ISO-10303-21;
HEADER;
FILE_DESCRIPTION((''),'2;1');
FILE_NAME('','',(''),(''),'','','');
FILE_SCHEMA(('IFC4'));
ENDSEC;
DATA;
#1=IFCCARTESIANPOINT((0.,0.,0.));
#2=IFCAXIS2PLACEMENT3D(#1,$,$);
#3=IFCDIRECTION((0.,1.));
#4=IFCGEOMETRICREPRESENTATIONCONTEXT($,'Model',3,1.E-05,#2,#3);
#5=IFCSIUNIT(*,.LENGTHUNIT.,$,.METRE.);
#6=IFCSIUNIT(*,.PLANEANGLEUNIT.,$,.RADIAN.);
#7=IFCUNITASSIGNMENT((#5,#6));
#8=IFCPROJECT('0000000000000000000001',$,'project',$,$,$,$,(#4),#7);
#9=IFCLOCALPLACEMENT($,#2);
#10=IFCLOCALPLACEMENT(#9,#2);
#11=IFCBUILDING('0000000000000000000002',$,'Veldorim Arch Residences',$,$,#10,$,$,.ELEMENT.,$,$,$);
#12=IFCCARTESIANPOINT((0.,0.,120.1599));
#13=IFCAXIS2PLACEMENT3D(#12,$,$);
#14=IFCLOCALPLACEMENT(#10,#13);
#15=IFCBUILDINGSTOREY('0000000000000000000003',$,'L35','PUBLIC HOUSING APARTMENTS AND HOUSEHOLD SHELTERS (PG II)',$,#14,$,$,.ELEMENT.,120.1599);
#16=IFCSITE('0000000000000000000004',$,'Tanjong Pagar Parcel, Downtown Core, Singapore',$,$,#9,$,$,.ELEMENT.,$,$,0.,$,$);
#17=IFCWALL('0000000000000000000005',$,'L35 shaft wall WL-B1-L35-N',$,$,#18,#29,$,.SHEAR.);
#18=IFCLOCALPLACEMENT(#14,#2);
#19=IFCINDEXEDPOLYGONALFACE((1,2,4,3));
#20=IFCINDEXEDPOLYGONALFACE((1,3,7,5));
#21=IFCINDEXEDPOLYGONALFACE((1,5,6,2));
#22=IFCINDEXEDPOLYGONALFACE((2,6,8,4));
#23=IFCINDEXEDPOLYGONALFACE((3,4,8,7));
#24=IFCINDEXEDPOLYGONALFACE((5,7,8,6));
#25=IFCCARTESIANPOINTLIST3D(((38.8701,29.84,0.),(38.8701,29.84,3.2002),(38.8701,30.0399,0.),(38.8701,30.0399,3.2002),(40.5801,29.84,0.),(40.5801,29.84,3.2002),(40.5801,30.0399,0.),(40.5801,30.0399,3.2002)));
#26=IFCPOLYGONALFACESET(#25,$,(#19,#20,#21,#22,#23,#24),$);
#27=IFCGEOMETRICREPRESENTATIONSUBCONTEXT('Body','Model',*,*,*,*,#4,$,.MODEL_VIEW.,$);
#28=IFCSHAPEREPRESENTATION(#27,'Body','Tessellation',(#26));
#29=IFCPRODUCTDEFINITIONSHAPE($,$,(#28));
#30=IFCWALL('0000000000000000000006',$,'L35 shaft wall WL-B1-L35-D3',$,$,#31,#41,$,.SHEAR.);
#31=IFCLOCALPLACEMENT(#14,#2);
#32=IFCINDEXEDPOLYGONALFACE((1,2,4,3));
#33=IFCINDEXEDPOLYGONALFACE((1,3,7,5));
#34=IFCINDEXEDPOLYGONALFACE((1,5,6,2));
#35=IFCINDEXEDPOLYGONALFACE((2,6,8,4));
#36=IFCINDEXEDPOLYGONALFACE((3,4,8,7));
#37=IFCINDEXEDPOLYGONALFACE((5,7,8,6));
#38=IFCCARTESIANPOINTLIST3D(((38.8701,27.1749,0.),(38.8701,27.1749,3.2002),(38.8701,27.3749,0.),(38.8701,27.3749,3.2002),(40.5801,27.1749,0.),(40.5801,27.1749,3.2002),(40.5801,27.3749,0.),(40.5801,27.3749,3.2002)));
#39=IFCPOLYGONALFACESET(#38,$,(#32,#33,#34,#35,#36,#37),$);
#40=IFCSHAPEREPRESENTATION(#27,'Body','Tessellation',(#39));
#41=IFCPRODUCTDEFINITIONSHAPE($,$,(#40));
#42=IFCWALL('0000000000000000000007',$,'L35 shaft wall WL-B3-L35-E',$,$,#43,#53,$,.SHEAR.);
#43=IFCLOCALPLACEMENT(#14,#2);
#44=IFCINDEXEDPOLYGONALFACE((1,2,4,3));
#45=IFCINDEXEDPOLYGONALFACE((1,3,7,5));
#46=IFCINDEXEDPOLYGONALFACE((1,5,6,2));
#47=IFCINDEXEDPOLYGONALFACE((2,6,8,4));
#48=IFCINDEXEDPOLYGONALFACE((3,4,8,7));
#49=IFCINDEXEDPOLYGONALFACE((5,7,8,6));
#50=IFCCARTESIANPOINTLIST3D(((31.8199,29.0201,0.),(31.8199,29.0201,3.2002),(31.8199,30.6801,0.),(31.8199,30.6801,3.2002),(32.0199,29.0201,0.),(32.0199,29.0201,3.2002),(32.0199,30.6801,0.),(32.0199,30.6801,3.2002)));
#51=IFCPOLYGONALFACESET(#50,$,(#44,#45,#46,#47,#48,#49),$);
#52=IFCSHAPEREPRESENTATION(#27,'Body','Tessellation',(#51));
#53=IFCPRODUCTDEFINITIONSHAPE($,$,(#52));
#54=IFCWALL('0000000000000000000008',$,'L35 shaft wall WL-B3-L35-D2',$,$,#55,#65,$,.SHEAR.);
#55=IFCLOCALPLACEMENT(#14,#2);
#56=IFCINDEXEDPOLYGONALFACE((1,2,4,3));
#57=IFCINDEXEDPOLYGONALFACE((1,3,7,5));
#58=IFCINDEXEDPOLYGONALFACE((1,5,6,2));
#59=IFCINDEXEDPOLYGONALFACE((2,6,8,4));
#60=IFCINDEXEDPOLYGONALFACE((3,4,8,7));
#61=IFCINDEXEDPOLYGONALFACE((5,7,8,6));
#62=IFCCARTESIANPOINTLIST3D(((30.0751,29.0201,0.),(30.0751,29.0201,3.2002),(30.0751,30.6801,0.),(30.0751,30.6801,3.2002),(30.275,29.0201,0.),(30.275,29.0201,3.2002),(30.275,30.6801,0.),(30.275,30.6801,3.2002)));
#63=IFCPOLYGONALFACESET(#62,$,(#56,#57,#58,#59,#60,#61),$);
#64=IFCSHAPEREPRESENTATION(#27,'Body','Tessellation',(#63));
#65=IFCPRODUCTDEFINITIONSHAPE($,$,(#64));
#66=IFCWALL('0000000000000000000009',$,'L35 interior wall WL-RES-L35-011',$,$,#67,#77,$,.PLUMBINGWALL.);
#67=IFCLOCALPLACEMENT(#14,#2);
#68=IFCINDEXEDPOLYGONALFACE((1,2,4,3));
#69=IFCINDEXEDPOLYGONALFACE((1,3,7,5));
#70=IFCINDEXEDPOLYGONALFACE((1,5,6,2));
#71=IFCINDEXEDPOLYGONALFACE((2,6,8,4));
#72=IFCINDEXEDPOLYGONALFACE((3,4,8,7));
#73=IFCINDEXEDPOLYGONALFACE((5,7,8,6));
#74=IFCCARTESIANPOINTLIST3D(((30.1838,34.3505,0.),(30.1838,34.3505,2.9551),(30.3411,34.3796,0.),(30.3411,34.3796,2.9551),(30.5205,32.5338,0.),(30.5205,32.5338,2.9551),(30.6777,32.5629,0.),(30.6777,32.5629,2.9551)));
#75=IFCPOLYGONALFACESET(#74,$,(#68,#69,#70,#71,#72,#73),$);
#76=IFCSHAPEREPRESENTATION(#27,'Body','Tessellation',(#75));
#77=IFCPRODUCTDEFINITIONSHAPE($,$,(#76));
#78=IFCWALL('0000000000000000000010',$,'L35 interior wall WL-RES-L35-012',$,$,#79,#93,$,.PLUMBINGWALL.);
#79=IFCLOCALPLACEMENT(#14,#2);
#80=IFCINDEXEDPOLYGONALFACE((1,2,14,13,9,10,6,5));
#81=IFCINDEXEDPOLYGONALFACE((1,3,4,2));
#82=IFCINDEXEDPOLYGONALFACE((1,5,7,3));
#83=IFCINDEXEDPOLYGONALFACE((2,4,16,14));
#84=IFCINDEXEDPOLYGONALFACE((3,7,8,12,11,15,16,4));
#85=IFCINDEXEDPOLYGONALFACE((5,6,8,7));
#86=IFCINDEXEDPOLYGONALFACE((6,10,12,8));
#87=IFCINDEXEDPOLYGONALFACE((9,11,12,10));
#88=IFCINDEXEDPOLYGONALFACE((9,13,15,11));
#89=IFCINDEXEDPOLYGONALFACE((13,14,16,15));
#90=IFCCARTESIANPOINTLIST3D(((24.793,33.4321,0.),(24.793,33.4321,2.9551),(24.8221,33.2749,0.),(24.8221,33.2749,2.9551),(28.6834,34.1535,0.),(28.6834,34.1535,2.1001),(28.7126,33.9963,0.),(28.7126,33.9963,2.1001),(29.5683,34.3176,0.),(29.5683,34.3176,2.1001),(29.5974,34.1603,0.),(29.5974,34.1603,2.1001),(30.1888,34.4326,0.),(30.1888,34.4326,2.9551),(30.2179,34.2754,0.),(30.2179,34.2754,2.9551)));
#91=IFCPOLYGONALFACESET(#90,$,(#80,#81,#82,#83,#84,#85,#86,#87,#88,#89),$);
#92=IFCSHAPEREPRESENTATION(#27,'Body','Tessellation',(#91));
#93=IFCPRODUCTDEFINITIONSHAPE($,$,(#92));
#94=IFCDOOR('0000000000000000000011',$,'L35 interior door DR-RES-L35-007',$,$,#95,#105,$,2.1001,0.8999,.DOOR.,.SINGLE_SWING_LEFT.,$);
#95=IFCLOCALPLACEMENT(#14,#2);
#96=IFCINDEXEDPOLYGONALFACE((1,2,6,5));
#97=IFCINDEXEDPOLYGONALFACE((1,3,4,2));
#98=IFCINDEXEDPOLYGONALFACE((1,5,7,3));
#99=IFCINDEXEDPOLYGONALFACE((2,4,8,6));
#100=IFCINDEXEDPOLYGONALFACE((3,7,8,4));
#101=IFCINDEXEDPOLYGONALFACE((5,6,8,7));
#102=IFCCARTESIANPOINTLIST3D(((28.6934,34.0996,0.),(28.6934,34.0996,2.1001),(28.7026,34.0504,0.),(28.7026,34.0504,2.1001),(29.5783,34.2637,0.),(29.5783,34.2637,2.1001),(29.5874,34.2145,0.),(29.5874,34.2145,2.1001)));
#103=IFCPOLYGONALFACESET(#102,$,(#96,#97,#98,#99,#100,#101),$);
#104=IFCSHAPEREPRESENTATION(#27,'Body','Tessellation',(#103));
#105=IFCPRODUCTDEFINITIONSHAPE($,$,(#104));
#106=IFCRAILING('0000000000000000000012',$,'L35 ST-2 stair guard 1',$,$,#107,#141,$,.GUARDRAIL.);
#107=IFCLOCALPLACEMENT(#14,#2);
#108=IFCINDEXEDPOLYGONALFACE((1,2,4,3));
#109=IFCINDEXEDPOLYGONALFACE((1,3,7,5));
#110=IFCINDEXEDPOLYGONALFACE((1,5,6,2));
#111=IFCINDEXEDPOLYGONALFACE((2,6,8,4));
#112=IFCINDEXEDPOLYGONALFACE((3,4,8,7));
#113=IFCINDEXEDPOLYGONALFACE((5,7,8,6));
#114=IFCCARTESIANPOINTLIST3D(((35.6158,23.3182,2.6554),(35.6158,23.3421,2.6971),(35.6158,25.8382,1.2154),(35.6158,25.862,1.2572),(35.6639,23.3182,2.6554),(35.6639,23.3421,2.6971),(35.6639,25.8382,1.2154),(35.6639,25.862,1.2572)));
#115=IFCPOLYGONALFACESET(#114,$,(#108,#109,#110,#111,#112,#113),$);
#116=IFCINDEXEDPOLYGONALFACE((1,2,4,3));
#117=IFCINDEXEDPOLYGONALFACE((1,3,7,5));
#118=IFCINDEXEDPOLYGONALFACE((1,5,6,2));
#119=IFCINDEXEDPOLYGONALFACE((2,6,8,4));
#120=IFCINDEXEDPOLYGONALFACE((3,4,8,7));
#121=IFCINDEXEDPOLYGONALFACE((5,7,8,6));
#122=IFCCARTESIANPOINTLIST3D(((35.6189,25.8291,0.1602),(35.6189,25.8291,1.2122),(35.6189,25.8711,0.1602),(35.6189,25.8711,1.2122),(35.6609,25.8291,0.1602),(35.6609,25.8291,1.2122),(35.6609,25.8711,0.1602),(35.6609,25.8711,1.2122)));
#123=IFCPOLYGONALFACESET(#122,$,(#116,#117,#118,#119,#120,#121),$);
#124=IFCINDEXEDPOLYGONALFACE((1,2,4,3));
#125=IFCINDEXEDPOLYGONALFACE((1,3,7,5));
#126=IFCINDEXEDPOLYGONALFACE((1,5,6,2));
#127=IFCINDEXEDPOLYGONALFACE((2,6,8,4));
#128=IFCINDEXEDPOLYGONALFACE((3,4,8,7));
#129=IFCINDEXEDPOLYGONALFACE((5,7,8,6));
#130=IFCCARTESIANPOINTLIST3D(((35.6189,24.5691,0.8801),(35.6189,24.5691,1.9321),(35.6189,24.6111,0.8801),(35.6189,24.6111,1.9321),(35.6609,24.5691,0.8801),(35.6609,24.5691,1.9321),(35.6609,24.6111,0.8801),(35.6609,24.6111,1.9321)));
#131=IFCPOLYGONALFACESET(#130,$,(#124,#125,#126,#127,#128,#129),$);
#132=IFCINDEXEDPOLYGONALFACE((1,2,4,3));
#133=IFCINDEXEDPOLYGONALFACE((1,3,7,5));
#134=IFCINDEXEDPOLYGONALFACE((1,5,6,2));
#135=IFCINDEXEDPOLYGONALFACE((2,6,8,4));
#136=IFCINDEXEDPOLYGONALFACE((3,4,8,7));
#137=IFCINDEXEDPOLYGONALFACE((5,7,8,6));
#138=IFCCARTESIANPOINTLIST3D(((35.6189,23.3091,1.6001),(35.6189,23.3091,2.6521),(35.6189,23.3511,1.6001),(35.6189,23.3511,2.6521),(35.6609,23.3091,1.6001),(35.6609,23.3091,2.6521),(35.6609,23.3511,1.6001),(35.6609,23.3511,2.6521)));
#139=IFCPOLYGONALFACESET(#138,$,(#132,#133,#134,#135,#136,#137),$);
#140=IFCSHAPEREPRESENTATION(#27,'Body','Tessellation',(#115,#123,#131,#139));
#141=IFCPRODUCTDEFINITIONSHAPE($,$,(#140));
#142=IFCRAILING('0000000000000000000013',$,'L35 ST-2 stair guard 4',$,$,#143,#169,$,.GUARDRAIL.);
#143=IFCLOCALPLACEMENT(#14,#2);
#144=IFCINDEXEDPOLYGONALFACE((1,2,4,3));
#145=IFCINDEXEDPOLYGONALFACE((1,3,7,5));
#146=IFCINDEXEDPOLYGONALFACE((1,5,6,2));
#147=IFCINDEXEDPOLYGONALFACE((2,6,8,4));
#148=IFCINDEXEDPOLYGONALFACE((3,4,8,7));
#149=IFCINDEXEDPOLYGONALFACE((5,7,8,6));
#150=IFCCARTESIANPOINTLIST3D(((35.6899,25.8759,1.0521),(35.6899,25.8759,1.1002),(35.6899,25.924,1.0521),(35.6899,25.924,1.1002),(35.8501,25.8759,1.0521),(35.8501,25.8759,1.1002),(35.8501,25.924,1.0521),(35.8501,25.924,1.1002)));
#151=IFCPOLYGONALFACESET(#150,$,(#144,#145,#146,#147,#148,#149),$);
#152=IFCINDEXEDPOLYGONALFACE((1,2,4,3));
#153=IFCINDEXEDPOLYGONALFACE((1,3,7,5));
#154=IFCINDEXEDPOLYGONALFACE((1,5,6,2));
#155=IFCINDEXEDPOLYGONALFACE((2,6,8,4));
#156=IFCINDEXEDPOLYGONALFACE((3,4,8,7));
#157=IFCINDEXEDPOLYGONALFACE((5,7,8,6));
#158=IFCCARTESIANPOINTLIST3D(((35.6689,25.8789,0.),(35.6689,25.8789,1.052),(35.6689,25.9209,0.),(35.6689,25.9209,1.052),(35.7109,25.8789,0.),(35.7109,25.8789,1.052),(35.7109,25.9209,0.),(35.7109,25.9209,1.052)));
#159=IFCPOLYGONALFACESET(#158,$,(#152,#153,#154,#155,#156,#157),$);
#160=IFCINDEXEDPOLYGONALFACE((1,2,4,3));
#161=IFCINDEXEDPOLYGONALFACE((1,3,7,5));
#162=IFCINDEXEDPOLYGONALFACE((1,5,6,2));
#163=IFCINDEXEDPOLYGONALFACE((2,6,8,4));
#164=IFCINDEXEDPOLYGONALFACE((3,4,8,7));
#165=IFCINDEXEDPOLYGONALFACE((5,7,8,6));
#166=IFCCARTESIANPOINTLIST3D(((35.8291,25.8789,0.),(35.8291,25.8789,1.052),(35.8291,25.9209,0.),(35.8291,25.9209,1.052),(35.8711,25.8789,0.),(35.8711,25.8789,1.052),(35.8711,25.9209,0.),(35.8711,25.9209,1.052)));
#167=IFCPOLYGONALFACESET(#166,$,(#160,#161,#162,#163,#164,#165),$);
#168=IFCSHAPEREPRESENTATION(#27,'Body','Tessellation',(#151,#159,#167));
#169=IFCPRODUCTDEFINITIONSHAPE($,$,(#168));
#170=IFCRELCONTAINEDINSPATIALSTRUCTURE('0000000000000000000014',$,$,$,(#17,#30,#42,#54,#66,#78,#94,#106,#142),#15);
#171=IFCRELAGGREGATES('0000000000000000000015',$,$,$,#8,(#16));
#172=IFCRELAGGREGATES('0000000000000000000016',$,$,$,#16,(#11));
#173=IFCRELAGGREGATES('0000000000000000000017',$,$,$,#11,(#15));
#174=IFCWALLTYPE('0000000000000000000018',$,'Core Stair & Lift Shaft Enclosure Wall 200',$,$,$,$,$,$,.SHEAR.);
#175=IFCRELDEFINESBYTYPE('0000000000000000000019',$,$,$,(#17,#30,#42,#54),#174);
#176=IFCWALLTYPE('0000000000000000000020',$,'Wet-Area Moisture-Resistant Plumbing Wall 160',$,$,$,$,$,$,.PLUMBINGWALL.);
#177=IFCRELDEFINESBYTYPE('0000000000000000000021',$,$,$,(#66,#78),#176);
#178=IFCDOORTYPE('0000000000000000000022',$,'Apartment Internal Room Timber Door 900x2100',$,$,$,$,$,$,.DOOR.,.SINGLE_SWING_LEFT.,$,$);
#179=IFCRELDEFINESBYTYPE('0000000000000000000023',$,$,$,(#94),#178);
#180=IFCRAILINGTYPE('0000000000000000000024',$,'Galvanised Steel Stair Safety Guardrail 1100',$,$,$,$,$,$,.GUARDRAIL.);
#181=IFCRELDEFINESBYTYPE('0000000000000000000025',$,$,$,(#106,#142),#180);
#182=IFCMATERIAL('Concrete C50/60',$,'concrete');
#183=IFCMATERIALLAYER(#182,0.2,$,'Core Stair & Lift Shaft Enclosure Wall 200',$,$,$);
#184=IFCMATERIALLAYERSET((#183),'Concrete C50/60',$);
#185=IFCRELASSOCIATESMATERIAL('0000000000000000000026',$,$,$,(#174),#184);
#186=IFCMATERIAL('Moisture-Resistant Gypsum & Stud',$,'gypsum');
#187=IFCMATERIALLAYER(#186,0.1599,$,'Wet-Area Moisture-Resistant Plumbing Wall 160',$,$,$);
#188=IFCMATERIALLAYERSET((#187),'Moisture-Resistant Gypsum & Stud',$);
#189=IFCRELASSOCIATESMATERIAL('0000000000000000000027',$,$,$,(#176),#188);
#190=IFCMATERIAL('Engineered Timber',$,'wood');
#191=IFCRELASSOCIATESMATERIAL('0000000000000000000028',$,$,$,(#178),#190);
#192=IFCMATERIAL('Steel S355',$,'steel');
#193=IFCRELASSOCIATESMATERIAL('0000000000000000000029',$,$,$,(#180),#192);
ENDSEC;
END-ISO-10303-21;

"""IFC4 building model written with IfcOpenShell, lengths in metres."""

from ifc_helpers import new_model, si_unit, direction, frame, frame_2d, origin, origin_2d, place, context, subcontext, project, spatial, rectangle, extrude, material, layer, layer_set, type_object, element, fill, save


model = new_model("IFC4")

# Units and contexts
model_context = context("Model", 3, precision=1e-05, world=origin(), true_north=direction((0.0, 1.0)))
body_context = subcontext(model_context, "Body", "Model", "MODEL_VIEW")
ifc_project = project(units=[si_unit("LENGTHUNIT", "METRE"), si_unit("PLANEANGLEUNIT", "RADIAN")], contexts=[model_context])

# Site, building, storey
site_placement = place(None, origin())
site = spatial("IfcSite", under=ifc_project, at=site_placement, Name="Tanjong Pagar Parcel, Downtown Core, Singapore", CompositionType="ELEMENT", RefElevation=0.0)
building_placement = place(site_placement, origin())
building = spatial("IfcBuilding", under=site, at=building_placement, Name="Veldorim Arch Residences", CompositionType="ELEMENT")
storey_placement = place(building_placement, frame((0.0, 0.0, 120.1599)))
storey = spatial("IfcBuildingStorey", under=building, at=storey_placement, Name="L35", Description="PUBLIC HOUSING APARTMENTS AND HOUSEHOLD SHELTERS (PG II)", CompositionType="ELEMENT", Elevation=120.1599)

# Shared definitions
ifc_material_1 = material(Name="Concrete C50/60", Category="concrete")
ifc_layer_1 = layer(ifc_material_1, 0.2, Name="Core Stair & Lift Shaft Enclosure Wall 200")
ifc_layer_set_1 = layer_set([ifc_layer_1], Name="Concrete C50/60")
wall_type_1 = type_object("IfcWallType", Name="Core Stair & Lift Shaft Enclosure Wall 200", PredefinedType="SHEAR", material=ifc_layer_set_1)

# Walls
for number, where, z_axis, x_axis, name in (
    (1, (38.8701, 29.9399, 0.0), (0.0, 0.0, 1.0), (1.0, 0.0, 0.0), "L35 shaft wall WL-B1-L35-N"),
    (2, (38.8701, 27.2749, 0.0), (0.0, 0.0, 1.0), (1.0, 0.0, 0.0), "L35 shaft wall WL-B1-L35-D3"),
):
    element("IfcWall", number, at=place(storey_placement, frame(where, z_axis=z_axis, x_axis=x_axis)), inside=storey, type_object=wall_type_1, Name=name, PredefinedType="SHEAR", context=body_context, shape_type="SweptSolid", body=[
        extrude(rectangle(XDim=1.71, YDim=0.2, at=frame_2d((0.855, 0.0))), origin(), (0.0, 0.0, 1.0), 3.2002),
    ])
for number, where, z_axis, x_axis, name in (
    (3, (31.9199, 29.02, 0.0), (0.0, 0.0, 1.0), (0.0, 1.0, 0.0), "L35 shaft wall WL-B3-L35-E"),
    (4, (30.175, 29.02, 0.0), (0.0, 0.0, 1.0), (0.0, 1.0, 0.0), "L35 shaft wall WL-B3-L35-D2"),
):
    element("IfcWall", number, at=place(storey_placement, frame(where, z_axis=z_axis, x_axis=x_axis)), inside=storey, type_object=wall_type_1, Name=name, PredefinedType="SHEAR", context=body_context, shape_type="SweptSolid", body=[
        extrude(rectangle(XDim=1.6599, YDim=0.2, at=frame_2d((0.8301, 0.0))), origin(), (0.0, 0.0, 1.0), 3.2002),
    ])
ifc_material_2 = material(Name="Moisture-Resistant Gypsum & Stud", Category="gypsum")
ifc_layer_2 = layer(ifc_material_2, 0.1599, Name="Wet-Area Moisture-Resistant Plumbing Wall 160")
ifc_layer_set_2 = layer_set([ifc_layer_2], Name="Moisture-Resistant Gypsum & Stud")
wall_type_2 = type_object("IfcWallType", Name="Wet-Area Moisture-Resistant Plumbing Wall 160", PredefinedType="PLUMBINGWALL", material=ifc_layer_set_2)
wall_1_placement = place(storey_placement, frame((30.5991, 32.5483, 0.0), z_axis=(0.0, 0.0, 1.0), x_axis=(-0.182222, 0.983257, 0.0)))
element("IfcWall", 5, at=wall_1_placement, inside=storey, type_object=wall_type_2, Name="L35 interior wall WL-RES-L35-011", PredefinedType="PLUMBINGWALL", context=body_context, shape_type="SweptSolid", body=[
    extrude(rectangle(XDim=1.8477, YDim=0.1599, at=frame_2d((0.9238, 0.0))), origin(), (0.0, 0.0, 1.0), 2.9551),
])

# Wall, opening, door
wall_2_placement = place(storey_placement, frame((30.2034, 34.354, 0.0), z_axis=(0.0, 0.0, 1.0), x_axis=(-0.98324, -0.182314, 0.0)))
wall_2 = element("IfcWall", 6, at=wall_2_placement, inside=storey, type_object=wall_type_2, Name="L35 interior wall WL-RES-L35-012", PredefinedType="PLUMBINGWALL", context=body_context, shape_type="SweptSolid", body=[
    extrude(rectangle(XDim=5.4878, YDim=0.1599, at=frame_2d((2.7439, 0.0))), origin(), (0.0, 0.0, 1.0), 2.9551),
])
opening_1_placement = place(wall_2_placement, frame((0.6311, 0.0, 0.0)))
opening_1 = element("IfcOpeningElement", 7, at=opening_1_placement, cuts=wall_2, PredefinedType="OPENING", context=body_context, shape_type="SweptSolid", body=[
    extrude(rectangle(XDim=0.8999, YDim=2.1001, at=frame_2d((0.45, 1.05))), frame((0.0, 0.0898, 0.0), z_axis=(0.0, -1.0, 0.0), x_axis=(1.0, 0.0, 0.0)), (0.0, 0.0, 1.0), 0.1799),
])
ifc_material_3 = material(Name="Engineered Timber", Category="wood")
door_type_1 = type_object("IfcDoorType", Name="Apartment Internal Room Timber Door 900x2100", OperationType="SINGLE_SWING_LEFT", PredefinedType="DOOR", material=ifc_material_3)
door_1_placement = place(opening_1_placement, origin())
door_1 = element("IfcDoor", 8, at=door_1_placement, inside=storey, type_object=door_type_1, Name="L35 interior door DR-RES-L35-007", OperationType="SINGLE_SWING_LEFT", OverallHeight=2.1001, OverallWidth=0.8999, PredefinedType="DOOR", context=body_context, shape_type="SweptSolid", body=[
    extrude(rectangle(XDim=0.8999, YDim=2.1001, at=frame_2d((0.45, 1.05))), frame((0.0, 0.0249, 0.0), z_axis=(0.0, -1.0, 0.0), x_axis=(1.0, 0.0, 0.0)), (0.0, 0.0, 1.0), 0.05),
])
fill(opening_1, door_1)

# Railings
ifc_material_4 = material(Name="Steel S355", Category="steel")
railing_type = type_object("IfcRailingType", Name="Galvanised Steel Stair Safety Guardrail 1100", PredefinedType="GUARDRAIL", material=ifc_material_4)
railing_1_placement = place(storey_placement, frame((35.6399, 25.8501, 0.1602)))
element("IfcRailing", 9, at=railing_1_placement, inside=storey, type_object=railing_type, Name="L35 ST-2 stair guard 1", PredefinedType="GUARDRAIL", context=body_context, shape_type="SweptSolid", body=[
    extrude(rectangle(XDim=0.0481, YDim=0.0481, at=origin_2d()), frame((0.0, 0.0, 1.0762), z_axis=(0.0, -0.868253, 0.496121), x_axis=(1.0, 0.0, 0.0)), (0.0, 0.0, 1.0), 2.9023),
    extrude(rectangle(XDim=0.042, YDim=0.042, at=origin_2d()), origin(), (0.0, 0.0, 1.0), 1.052),
    extrude(rectangle(XDim=0.042, YDim=0.042, at=origin_2d()), frame((0.0, -1.26, 0.72)), (0.0, 0.0, 1.0), 1.052),
    extrude(rectangle(XDim=0.042, YDim=0.042, at=origin_2d()), frame((0.0, -2.52, 1.4399)), (0.0, 0.0, 1.0), 1.052),
])
railing_2_placement = place(storey_placement, frame((35.6899, 25.8999, 0.0)))
element("IfcRailing", 10, at=railing_2_placement, inside=storey, type_object=railing_type, Name="L35 ST-2 stair guard 4", PredefinedType="GUARDRAIL", context=body_context, shape_type="SweptSolid", body=[
    extrude(rectangle(XDim=0.0481, YDim=0.0481, at=origin_2d()), frame((0.0, 0.0, 1.0762), z_axis=(1.0, 0.0, 0.0), x_axis=(0.0, 1.0, 0.0)), (0.0, 0.0, 1.0), 0.1602),
    extrude(rectangle(XDim=0.042, YDim=0.042, at=origin_2d()), origin(), (0.0, 0.0, 1.0), 1.052),
    extrude(rectangle(XDim=0.042, YDim=0.042, at=origin_2d()), frame((0.1602, 0.0, 0.0)), (0.0, 0.0, 1.0), 1.052),
])

save(model, "model.ifc")
